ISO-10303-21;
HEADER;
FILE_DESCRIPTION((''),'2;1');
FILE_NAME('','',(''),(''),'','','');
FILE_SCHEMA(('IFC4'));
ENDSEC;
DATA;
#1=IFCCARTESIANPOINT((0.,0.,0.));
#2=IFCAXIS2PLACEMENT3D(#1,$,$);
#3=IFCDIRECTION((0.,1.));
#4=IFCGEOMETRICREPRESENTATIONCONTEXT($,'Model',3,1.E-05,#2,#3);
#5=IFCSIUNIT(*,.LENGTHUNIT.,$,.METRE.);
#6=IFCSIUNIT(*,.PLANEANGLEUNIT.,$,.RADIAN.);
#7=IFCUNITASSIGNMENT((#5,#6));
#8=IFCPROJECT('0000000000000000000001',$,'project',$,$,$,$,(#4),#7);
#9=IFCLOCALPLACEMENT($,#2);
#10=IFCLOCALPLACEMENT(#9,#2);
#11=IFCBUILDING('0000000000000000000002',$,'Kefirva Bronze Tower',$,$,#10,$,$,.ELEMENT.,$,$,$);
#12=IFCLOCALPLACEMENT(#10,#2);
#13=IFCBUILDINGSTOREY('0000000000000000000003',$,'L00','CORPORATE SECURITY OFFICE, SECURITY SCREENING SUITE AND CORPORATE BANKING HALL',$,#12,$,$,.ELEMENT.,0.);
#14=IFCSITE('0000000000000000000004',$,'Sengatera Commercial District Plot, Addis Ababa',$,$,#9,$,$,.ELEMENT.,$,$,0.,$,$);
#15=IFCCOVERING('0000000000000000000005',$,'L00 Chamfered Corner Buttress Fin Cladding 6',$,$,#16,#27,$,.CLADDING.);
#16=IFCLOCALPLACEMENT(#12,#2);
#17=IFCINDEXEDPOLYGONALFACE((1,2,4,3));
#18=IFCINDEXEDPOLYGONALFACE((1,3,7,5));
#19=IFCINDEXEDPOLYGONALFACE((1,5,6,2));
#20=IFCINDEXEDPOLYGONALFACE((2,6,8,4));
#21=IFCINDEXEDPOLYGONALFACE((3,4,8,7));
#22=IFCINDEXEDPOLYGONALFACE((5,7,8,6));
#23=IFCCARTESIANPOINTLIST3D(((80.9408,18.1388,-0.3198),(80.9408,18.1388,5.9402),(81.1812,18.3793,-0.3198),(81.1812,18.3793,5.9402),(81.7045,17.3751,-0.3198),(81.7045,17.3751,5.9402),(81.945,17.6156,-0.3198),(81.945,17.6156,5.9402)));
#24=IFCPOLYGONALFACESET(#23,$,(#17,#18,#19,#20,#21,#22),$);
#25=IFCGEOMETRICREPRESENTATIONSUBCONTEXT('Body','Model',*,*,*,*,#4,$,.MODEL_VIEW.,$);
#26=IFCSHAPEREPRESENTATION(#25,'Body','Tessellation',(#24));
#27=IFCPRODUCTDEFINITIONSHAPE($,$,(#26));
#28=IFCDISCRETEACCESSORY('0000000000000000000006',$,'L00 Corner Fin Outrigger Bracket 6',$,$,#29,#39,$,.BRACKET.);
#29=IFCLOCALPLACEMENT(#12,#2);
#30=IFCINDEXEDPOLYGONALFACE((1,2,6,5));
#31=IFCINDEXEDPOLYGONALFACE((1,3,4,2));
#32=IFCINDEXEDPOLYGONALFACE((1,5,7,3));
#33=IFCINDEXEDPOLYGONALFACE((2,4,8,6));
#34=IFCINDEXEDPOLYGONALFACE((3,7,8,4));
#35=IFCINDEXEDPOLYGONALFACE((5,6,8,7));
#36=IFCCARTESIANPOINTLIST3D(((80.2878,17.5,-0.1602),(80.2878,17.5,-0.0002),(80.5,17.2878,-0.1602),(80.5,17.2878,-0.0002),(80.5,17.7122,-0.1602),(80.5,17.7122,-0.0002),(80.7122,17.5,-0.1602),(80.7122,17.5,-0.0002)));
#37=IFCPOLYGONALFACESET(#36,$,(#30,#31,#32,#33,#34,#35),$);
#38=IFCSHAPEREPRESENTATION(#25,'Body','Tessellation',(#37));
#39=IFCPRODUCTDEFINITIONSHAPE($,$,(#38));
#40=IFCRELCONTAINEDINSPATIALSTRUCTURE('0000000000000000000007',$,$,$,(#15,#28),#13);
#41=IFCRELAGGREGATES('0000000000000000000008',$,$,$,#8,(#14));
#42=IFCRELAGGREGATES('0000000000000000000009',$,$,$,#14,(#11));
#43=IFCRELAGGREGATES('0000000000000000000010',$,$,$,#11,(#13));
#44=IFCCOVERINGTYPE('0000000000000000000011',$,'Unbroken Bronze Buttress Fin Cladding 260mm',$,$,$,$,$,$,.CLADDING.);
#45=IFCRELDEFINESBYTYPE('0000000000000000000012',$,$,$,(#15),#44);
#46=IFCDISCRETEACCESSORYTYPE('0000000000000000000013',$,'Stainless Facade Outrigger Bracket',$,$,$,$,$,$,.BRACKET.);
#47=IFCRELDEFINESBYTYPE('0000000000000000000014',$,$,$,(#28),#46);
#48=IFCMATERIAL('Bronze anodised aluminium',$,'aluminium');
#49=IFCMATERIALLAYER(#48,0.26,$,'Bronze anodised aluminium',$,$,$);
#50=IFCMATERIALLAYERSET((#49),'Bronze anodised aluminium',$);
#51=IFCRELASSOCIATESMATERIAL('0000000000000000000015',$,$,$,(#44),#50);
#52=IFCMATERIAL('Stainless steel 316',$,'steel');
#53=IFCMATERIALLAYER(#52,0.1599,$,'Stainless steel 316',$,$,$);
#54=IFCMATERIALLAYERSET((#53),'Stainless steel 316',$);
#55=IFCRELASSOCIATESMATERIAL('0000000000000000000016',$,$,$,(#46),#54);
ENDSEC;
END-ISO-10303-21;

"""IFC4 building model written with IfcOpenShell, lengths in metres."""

from ifc_helpers import new_model, si_unit, direction, frame, origin, origin_2d, place, context, subcontext, project, spatial, rectangle, extrude, material, layer, layer_set, type_object, element, save


model = new_model("IFC4")

# Units and contexts
model_context = context("Model", 3, precision=1e-05, world=origin(), true_north=direction((0.0, 1.0)))
body_context = subcontext(model_context, "Body", "Model", "MODEL_VIEW")
ifc_project = project(units=[si_unit("LENGTHUNIT", "METRE"), si_unit("PLANEANGLEUNIT", "RADIAN")], contexts=[model_context])

# Site, building, storey
site_placement = place(None, origin())
site = spatial("IfcSite", under=ifc_project, at=site_placement, Name="Sengatera Commercial District Plot, Addis Ababa", CompositionType="ELEMENT", RefElevation=0.0)
building_placement = place(site_placement, origin())
building = spatial("IfcBuilding", under=site, at=building_placement, Name="Kefirva Bronze Tower", CompositionType="ELEMENT")
storey_placement = place(building_placement, origin())
storey = spatial("IfcBuildingStorey", under=building, at=storey_placement, Name="L00", Description="CORPORATE SECURITY OFFICE, SECURITY SCREENING SUITE AND CORPORATE BANKING HALL", CompositionType="ELEMENT", Elevation=0.0)

# Shared definitions
ifc_material_1 = material(Name="Bronze anodised aluminium", Category="aluminium")

# Covering
ifc_layer_1 = layer(ifc_material_1, 0.26, Name="Bronze anodised aluminium")
ifc_layer_set_1 = layer_set([ifc_layer_1], Name="Bronze anodised aluminium")
covering_type_1 = type_object("IfcCoveringType", Name="Unbroken Bronze Buttress Fin Cladding 260mm", PredefinedType="CLADDING", material=ifc_layer_set_1)
for number, where, z_axis, x_axis, name in (
    (1, (81.4429, 17.8772, -0.3198), (0.0, 0.0, 1.0), (0.707107, 0.707107, 0.0), "L00 Chamfered Corner Buttress Fin Cladding 6"),
):
    element("IfcCovering", number, at=place(storey_placement, frame(where, z_axis=z_axis, x_axis=x_axis)), inside=storey, type_object=covering_type_1, Name=name, PredefinedType="CLADDING", context=body_context, shape_type="SweptSolid", body=[
        extrude(rectangle(XDim=0.3401, YDim=1.0801, at=origin_2d()), origin(), (0.0, 0.0, 1.0), 6.26),
    ])

# Discrete accessory
ifc_material_2 = material(Name="Stainless steel 316", Category="steel")
ifc_layer_2 = layer(ifc_material_2, 0.1599, Name="Stainless steel 316")
ifc_layer_set_2 = layer_set([ifc_layer_2], Name="Stainless steel 316")
discrete_accessory_type = type_object("IfcDiscreteAccessoryType", Name="Stainless Facade Outrigger Bracket", PredefinedType="BRACKET", material=ifc_layer_set_2)
discrete_accessory_placement = place(storey_placement, frame((80.5, 17.5, -0.1602), z_axis=(0.0, 0.0, 1.0), x_axis=(0.707107, 0.707107, 0.0)))
element("IfcDiscreteAccessory", 2, at=discrete_accessory_placement, inside=storey, type_object=discrete_accessory_type, Name="L00 Corner Fin Outrigger Bracket 6", PredefinedType="BRACKET", context=body_context, shape_type="SweptSolid", body=[
    extrude(rectangle(XDim=0.3, YDim=0.3, at=origin_2d()), origin(), (0.0, 0.0, 1.0), 0.1599),
])

save(model, "model.ifc")
